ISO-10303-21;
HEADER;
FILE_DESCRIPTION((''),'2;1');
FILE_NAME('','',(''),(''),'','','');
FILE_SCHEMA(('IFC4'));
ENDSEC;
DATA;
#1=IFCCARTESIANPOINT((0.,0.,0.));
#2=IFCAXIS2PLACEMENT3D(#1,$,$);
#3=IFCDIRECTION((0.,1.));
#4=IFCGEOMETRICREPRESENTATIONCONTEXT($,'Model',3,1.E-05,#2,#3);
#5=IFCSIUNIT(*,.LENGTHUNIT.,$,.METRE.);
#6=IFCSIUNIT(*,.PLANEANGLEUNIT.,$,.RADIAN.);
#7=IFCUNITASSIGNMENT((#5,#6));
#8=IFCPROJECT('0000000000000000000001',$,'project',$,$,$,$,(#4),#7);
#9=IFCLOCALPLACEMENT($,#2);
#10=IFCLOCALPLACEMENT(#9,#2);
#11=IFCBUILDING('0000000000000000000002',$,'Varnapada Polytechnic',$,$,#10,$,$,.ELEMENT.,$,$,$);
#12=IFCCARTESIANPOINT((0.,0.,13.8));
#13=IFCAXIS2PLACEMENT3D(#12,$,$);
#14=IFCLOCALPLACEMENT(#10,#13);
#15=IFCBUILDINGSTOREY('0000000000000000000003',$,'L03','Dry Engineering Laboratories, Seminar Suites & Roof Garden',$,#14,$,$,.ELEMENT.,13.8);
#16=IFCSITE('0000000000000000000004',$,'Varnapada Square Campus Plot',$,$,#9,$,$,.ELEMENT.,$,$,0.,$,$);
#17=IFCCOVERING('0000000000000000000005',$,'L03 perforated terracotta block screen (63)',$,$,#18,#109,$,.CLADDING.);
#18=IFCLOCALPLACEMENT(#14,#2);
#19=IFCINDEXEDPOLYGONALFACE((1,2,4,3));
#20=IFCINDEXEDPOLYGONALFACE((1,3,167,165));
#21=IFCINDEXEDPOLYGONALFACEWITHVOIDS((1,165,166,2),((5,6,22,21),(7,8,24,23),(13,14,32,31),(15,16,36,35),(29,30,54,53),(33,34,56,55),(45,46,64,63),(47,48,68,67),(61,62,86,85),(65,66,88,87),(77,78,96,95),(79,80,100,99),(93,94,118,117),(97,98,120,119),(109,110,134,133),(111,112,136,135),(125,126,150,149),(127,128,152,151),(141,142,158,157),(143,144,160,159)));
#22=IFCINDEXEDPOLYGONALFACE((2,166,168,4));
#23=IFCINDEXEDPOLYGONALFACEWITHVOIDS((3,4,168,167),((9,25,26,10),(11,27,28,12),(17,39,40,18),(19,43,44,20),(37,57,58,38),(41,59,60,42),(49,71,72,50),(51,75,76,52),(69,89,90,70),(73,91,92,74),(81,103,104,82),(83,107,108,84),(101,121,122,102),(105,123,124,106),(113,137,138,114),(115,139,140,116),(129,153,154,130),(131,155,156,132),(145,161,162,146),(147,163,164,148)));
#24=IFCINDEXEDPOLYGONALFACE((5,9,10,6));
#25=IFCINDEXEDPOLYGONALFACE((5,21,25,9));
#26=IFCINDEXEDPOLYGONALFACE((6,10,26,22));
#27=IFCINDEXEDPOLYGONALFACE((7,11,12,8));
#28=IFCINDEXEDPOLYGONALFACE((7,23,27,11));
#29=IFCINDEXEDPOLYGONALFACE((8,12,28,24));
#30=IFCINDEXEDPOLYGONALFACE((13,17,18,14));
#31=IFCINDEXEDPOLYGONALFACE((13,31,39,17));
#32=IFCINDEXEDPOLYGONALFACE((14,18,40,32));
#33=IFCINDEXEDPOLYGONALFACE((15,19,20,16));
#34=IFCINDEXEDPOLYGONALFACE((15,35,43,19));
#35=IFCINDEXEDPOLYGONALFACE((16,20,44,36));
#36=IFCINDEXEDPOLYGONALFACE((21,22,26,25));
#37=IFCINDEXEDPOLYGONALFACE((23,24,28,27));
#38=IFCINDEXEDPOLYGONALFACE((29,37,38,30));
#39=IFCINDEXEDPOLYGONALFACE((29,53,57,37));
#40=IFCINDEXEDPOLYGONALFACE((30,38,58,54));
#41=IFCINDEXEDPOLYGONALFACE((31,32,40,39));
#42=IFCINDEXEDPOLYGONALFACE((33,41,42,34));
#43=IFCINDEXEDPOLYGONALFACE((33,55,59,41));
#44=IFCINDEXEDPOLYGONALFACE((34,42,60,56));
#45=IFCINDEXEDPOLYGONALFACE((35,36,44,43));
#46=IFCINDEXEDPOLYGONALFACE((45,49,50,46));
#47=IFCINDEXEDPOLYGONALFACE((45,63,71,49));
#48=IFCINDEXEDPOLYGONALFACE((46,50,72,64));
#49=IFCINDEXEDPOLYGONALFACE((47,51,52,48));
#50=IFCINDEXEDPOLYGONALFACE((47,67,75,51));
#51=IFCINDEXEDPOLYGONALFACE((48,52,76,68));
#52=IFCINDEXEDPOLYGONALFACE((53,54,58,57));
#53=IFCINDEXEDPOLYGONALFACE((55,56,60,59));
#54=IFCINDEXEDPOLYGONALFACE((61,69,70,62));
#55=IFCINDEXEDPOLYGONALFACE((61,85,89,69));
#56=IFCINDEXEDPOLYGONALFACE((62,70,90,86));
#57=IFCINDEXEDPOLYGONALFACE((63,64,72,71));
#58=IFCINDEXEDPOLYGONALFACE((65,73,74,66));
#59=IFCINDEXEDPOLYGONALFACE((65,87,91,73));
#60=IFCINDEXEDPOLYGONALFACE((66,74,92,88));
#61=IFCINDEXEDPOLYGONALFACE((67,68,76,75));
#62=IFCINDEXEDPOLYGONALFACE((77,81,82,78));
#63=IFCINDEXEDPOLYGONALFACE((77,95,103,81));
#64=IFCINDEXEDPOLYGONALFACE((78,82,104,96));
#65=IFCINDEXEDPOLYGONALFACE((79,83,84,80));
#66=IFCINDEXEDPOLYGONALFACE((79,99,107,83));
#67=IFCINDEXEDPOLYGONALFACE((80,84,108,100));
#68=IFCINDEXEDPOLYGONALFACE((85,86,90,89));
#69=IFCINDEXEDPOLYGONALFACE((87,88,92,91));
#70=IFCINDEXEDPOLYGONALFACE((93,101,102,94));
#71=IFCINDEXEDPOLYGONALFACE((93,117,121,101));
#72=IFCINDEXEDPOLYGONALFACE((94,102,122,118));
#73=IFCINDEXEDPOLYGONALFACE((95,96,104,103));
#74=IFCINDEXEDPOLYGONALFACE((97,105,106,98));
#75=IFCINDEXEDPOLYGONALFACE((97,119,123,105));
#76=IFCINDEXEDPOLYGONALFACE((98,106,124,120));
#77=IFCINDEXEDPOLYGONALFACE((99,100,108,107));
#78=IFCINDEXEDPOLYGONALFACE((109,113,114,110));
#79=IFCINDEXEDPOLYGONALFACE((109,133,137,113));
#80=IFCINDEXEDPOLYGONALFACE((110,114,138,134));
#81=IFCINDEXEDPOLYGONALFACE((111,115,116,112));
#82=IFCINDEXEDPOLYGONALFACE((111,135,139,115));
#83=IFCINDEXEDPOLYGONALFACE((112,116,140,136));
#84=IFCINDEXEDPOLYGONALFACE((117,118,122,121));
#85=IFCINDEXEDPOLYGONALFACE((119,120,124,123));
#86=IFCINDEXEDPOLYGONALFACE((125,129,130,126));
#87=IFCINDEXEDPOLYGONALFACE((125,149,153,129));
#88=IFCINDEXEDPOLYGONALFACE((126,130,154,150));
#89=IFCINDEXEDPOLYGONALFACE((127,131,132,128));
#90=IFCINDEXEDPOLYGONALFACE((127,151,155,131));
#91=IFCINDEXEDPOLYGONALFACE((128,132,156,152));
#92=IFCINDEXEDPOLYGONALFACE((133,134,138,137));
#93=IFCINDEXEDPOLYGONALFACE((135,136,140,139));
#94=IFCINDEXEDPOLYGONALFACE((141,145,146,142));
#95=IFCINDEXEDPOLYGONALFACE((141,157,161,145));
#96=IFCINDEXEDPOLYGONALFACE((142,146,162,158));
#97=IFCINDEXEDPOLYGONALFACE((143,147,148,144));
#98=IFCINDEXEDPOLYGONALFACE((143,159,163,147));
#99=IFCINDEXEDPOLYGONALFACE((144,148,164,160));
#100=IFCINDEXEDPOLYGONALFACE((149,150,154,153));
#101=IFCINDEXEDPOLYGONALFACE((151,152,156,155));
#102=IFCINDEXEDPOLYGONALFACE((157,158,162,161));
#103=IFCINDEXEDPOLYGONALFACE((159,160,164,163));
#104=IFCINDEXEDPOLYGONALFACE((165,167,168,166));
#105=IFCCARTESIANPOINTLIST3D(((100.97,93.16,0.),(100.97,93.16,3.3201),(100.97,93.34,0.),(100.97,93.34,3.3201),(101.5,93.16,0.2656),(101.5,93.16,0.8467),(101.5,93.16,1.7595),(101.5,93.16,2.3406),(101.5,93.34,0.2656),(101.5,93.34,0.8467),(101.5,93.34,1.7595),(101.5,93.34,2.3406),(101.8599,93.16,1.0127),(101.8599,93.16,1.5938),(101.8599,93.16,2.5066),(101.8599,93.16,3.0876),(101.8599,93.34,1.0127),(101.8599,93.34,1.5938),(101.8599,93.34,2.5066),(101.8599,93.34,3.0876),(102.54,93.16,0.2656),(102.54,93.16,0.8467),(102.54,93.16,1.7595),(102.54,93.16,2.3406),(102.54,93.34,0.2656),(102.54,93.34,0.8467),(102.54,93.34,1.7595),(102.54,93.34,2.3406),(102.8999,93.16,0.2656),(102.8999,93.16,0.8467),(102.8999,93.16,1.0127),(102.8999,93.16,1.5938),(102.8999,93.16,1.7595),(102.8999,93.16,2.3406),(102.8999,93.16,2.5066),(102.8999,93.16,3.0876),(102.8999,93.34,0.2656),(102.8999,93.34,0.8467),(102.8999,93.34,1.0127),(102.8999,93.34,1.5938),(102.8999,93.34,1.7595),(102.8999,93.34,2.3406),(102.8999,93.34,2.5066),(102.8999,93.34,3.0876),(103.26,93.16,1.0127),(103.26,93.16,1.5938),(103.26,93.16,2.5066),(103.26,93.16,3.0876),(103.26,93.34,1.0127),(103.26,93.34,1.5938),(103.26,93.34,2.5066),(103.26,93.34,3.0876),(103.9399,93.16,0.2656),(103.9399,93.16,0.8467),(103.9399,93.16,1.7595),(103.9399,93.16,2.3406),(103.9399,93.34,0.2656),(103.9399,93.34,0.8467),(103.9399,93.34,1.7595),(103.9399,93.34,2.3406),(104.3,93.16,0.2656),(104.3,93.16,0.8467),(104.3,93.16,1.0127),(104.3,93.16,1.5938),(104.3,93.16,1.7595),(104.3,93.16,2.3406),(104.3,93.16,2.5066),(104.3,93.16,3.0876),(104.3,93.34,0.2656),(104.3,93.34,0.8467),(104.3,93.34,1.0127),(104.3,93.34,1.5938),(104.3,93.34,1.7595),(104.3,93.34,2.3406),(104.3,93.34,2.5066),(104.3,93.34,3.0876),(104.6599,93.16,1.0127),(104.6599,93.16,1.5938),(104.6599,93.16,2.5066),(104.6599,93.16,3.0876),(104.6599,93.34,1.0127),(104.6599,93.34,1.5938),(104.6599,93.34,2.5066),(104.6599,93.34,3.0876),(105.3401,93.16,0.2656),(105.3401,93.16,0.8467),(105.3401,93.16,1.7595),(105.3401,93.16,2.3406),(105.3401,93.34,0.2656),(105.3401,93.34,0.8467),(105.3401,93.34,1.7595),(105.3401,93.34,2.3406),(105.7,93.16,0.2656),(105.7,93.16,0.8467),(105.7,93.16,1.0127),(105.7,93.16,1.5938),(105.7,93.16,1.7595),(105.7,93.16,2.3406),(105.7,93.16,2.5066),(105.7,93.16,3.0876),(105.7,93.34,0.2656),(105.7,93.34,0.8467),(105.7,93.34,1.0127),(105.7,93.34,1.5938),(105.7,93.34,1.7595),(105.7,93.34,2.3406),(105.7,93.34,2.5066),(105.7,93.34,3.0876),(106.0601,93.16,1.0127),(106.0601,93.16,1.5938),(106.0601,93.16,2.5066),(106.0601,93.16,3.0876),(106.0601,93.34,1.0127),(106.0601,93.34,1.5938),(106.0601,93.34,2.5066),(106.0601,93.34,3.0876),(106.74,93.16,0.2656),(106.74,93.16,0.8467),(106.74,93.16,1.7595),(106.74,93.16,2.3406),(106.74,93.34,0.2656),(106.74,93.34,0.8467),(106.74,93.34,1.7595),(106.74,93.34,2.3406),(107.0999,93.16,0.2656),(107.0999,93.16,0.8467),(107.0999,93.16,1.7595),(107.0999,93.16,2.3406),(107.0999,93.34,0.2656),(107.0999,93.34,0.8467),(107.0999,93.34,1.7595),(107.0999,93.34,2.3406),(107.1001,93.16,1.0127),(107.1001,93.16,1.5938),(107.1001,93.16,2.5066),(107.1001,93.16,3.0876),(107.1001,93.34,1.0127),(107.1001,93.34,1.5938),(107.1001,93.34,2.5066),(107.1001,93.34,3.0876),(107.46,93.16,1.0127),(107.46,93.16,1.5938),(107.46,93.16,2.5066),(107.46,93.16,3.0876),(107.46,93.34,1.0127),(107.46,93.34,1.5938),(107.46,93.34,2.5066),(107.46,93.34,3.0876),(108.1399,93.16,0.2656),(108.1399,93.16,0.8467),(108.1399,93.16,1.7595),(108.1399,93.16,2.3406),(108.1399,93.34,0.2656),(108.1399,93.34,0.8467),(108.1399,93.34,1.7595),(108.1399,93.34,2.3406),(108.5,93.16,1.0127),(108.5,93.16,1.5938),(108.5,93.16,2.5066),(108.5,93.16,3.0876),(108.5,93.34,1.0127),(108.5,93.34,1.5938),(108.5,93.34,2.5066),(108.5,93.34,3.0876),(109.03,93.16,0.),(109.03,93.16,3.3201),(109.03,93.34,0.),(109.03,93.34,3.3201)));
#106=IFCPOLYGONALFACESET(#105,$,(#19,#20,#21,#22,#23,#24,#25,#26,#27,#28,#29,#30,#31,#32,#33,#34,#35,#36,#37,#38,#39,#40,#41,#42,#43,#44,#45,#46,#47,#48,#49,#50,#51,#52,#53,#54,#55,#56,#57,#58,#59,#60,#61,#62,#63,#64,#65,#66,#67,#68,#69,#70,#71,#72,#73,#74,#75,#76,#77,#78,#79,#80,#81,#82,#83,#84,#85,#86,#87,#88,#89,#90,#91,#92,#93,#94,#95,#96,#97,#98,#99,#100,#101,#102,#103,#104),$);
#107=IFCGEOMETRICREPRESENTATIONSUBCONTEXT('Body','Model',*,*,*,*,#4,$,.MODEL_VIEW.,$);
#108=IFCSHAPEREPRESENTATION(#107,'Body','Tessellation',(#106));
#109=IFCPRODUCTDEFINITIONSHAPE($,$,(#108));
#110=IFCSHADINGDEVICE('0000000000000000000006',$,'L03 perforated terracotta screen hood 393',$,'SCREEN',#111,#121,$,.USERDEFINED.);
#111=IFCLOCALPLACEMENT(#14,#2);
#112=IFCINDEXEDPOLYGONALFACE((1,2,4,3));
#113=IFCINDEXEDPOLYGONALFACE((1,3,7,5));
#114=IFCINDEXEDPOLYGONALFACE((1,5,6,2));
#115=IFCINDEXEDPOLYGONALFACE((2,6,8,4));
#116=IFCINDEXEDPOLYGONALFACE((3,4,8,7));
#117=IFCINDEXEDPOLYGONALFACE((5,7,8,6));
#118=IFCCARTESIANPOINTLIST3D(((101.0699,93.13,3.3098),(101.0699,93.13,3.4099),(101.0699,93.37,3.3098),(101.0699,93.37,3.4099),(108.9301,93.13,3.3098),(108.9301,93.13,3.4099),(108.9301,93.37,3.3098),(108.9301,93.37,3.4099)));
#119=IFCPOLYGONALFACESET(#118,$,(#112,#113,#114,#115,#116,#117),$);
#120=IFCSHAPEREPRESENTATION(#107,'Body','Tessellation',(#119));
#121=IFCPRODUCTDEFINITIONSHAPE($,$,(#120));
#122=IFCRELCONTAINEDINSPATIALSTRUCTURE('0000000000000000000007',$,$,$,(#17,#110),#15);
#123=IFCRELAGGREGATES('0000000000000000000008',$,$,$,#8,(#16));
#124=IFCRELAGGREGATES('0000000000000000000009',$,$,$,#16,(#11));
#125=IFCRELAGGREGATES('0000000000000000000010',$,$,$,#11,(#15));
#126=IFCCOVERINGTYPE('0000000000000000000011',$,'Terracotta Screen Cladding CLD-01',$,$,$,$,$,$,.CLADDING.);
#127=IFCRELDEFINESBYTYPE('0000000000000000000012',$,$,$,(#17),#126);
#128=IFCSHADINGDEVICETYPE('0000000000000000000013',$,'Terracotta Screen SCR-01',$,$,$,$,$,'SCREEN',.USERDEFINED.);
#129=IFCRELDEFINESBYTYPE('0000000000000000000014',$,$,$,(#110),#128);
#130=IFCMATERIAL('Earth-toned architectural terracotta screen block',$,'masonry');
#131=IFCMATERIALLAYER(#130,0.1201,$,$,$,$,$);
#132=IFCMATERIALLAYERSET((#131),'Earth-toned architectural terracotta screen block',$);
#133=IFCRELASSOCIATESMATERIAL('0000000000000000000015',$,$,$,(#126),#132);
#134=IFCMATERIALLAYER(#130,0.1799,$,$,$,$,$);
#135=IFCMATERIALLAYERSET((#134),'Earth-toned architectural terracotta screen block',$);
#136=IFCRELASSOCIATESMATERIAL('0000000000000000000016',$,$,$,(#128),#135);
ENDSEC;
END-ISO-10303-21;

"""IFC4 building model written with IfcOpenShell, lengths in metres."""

from ifc_helpers import new_model, si_unit, direction, frame, frame_2d, origin, origin_2d, place, context, subcontext, project, spatial, rectangle, extrude, material, layer, layer_set, type_object, element, save


model = new_model("IFC4")

# Units and contexts
model_context = context("Model", 3, precision=1e-05, world=origin(), true_north=direction((0.0, 1.0)))
body_context = subcontext(model_context, "Body", "Model", "MODEL_VIEW")
ifc_project = project(units=[si_unit("LENGTHUNIT", "METRE"), si_unit("PLANEANGLEUNIT", "RADIAN")], contexts=[model_context])

# Site, building, storey
site_placement = place(None, origin())
site = spatial("IfcSite", under=ifc_project, at=site_placement, Name="Varnapada Square Campus Plot", CompositionType="ELEMENT", RefElevation=0.0)
building_placement = place(site_placement, origin())
building = spatial("IfcBuilding", under=site, at=building_placement, Name="Varnapada Polytechnic", CompositionType="ELEMENT")
storey_placement = place(building_placement, frame((0.0, 0.0, 13.8)))
storey = spatial("IfcBuildingStorey", under=building, at=storey_placement, Name="L03", Description="Dry Engineering Laboratories, Seminar Suites & Roof Garden", CompositionType="ELEMENT", Elevation=13.8)

# Covering, openings
ifc_material_1 = material(Name="Earth-toned architectural terracotta screen block", Category="masonry")
ifc_layer_1 = layer(ifc_material_1, 0.1201)
ifc_layer_set_1 = layer_set([ifc_layer_1], Name="Earth-toned architectural terracotta screen block")
covering_type = type_object("IfcCoveringType", Name="Terracotta Screen Cladding CLD-01", PredefinedType="CLADDING", material=ifc_layer_set_1)
covering_placement = place(storey_placement, frame((100.97, 93.25, 0.0), z_axis=(0.0, 0.0, 1.0), x_axis=(1.0, 0.0, 0.0)))
covering = element("IfcCovering", 1, at=covering_placement, inside=storey, type_object=covering_type, Name="L03 perforated terracotta block screen (63)", PredefinedType="CLADDING", context=body_context, shape_type="SweptSolid", body=[
    extrude(rectangle(XDim=8.0601, YDim=0.1799, at=frame_2d((4.03, 0.0))), origin(), (0.0, 0.0, 1.0), 3.3201),
])
opening_1_placement = place(covering_placement, frame((0.53, 0.0, 0.2656)))
element("IfcOpeningElement", 2, at=opening_1_placement, cuts=covering, PredefinedType="OPENING", context=body_context, shape_type="SweptSolid", body=[
    extrude(rectangle(XDim=1.04, YDim=0.5811, at=frame_2d((0.52, 0.2905))), frame((0.0, 0.0999, 0.0), z_axis=(0.0, -1.0, 0.0), x_axis=(1.0, 0.0, 0.0)), (0.0, 0.0, 1.0), 0.2),
])
opening_2_placement = place(covering_placement, frame((1.9299, 0.0, 0.2656)))
element("IfcOpeningElement", 3, at=opening_2_placement, cuts=covering, PredefinedType="OPENING", context=body_context, shape_type="SweptSolid", body=[
    extrude(rectangle(XDim=1.04, YDim=0.5811, at=frame_2d((0.52, 0.2905))), frame((0.0, 0.0999, 0.0), z_axis=(0.0, -1.0, 0.0), x_axis=(1.0, 0.0, 0.0)), (0.0, 0.0, 1.0), 0.2),
])
opening_3_placement = place(covering_placement, frame((3.3301, 0.0, 0.2656)))
element("IfcOpeningElement", 4, at=opening_3_placement, cuts=covering, PredefinedType="OPENING", context=body_context, shape_type="SweptSolid", body=[
    extrude(rectangle(XDim=1.04, YDim=0.5811, at=frame_2d((0.52, 0.2905))), frame((0.0, 0.0999, 0.0), z_axis=(0.0, -1.0, 0.0), x_axis=(1.0, 0.0, 0.0)), (0.0, 0.0, 1.0), 0.2),
])
opening_4_placement = place(covering_placement, frame((4.73, 0.0, 0.2656)))
element("IfcOpeningElement", 5, at=opening_4_placement, cuts=covering, PredefinedType="OPENING", context=body_context, shape_type="SweptSolid", body=[
    extrude(rectangle(XDim=1.04, YDim=0.5811, at=frame_2d((0.52, 0.2905))), frame((0.0, 0.0999, 0.0), z_axis=(0.0, -1.0, 0.0), x_axis=(1.0, 0.0, 0.0)), (0.0, 0.0, 1.0), 0.2),
])
opening_5_placement = place(covering_placement, frame((6.1299, 0.0, 0.2656)))
element("IfcOpeningElement", 6, at=opening_5_placement, cuts=covering, PredefinedType="OPENING", context=body_context, shape_type="SweptSolid", body=[
    extrude(rectangle(XDim=1.04, YDim=0.5811, at=frame_2d((0.52, 0.2905))), frame((0.0, 0.0999, 0.0), z_axis=(0.0, -1.0, 0.0), x_axis=(1.0, 0.0, 0.0)), (0.0, 0.0, 1.0), 0.2),
])
opening_6_placement = place(covering_placement, frame((0.8899, 0.0, 1.0127)))
element("IfcOpeningElement", 7, at=opening_6_placement, cuts=covering, PredefinedType="OPENING", context=body_context, shape_type="SweptSolid", body=[
    extrude(rectangle(XDim=1.04, YDim=0.5811, at=frame_2d((0.52, 0.2905))), frame((0.0, 0.0999, 0.0), z_axis=(0.0, -1.0, 0.0), x_axis=(1.0, 0.0, 0.0)), (0.0, 0.0, 1.0), 0.2),
])
opening_7_placement = place(covering_placement, frame((2.29, 0.0, 1.0127)))
element("IfcOpeningElement", 8, at=opening_7_placement, cuts=covering, PredefinedType="OPENING", context=body_context, shape_type="SweptSolid", body=[
    extrude(rectangle(XDim=1.04, YDim=0.5811, at=frame_2d((0.52, 0.2905))), frame((0.0, 0.0999, 0.0), z_axis=(0.0, -1.0, 0.0), x_axis=(1.0, 0.0, 0.0)), (0.0, 0.0, 1.0), 0.2),
])
opening_8_placement = place(covering_placement, frame((3.6899, 0.0, 1.0127)))
element("IfcOpeningElement", 9, at=opening_8_placement, cuts=covering, PredefinedType="OPENING", context=body_context, shape_type="SweptSolid", body=[
    extrude(rectangle(XDim=1.04, YDim=0.5811, at=frame_2d((0.52, 0.2905))), frame((0.0, 0.0999, 0.0), z_axis=(0.0, -1.0, 0.0), x_axis=(1.0, 0.0, 0.0)), (0.0, 0.0, 1.0), 0.2),
])
opening_9_placement = place(covering_placement, frame((5.0901, 0.0, 1.0127)))
element("IfcOpeningElement", 10, at=opening_9_placement, cuts=covering, PredefinedType="OPENING", context=body_context, shape_type="SweptSolid", body=[
    extrude(rectangle(XDim=1.04, YDim=0.5811, at=frame_2d((0.52, 0.2905))), frame((0.0, 0.0999, 0.0), z_axis=(0.0, -1.0, 0.0), x_axis=(1.0, 0.0, 0.0)), (0.0, 0.0, 1.0), 0.2),
])
opening_10_placement = place(covering_placement, frame((6.49, 0.0, 1.0127)))
element("IfcOpeningElement", 11, at=opening_10_placement, cuts=covering, PredefinedType="OPENING", context=body_context, shape_type="SweptSolid", body=[
    extrude(rectangle(XDim=1.04, YDim=0.5811, at=frame_2d((0.52, 0.2905))), frame((0.0, 0.0999, 0.0), z_axis=(0.0, -1.0, 0.0), x_axis=(1.0, 0.0, 0.0)), (0.0, 0.0, 1.0), 0.2),
])
opening_11_placement = place(covering_placement, frame((0.53, 0.0, 1.7595)))
element("IfcOpeningElement", 12, at=opening_11_placement, cuts=covering, PredefinedType="OPENING", context=body_context, shape_type="SweptSolid", body=[
    extrude(rectangle(XDim=1.04, YDim=0.5811, at=frame_2d((0.52, 0.2905))), frame((0.0, 0.0999, 0.0), z_axis=(0.0, -1.0, 0.0), x_axis=(1.0, 0.0, 0.0)), (0.0, 0.0, 1.0), 0.2),
])
opening_12_placement = place(covering_placement, frame((1.9299, 0.0, 1.7595)))
element("IfcOpeningElement", 13, at=opening_12_placement, cuts=covering, PredefinedType="OPENING", context=body_context, shape_type="SweptSolid", body=[
    extrude(rectangle(XDim=1.04, YDim=0.5811, at=frame_2d((0.52, 0.2905))), frame((0.0, 0.0999, 0.0), z_axis=(0.0, -1.0, 0.0), x_axis=(1.0, 0.0, 0.0)), (0.0, 0.0, 1.0), 0.2),
])
opening_13_placement = place(covering_placement, frame((3.3301, 0.0, 1.7595)))
element("IfcOpeningElement", 14, at=opening_13_placement, cuts=covering, PredefinedType="OPENING", context=body_context, shape_type="SweptSolid", body=[
    extrude(rectangle(XDim=1.04, YDim=0.5811, at=frame_2d((0.52, 0.2905))), frame((0.0, 0.0999, 0.0), z_axis=(0.0, -1.0, 0.0), x_axis=(1.0, 0.0, 0.0)), (0.0, 0.0, 1.0), 0.2),
])
opening_14_placement = place(covering_placement, frame((4.73, 0.0, 1.7595)))
element("IfcOpeningElement", 15, at=opening_14_placement, cuts=covering, PredefinedType="OPENING", context=body_context, shape_type="SweptSolid", body=[
    extrude(rectangle(XDim=1.04, YDim=0.5811, at=frame_2d((0.52, 0.2905))), frame((0.0, 0.0999, 0.0), z_axis=(0.0, -1.0, 0.0), x_axis=(1.0, 0.0, 0.0)), (0.0, 0.0, 1.0), 0.2),
])
opening_15_placement = place(covering_placement, frame((6.1299, 0.0, 1.7595)))
element("IfcOpeningElement", 16, at=opening_15_placement, cuts=covering, PredefinedType="OPENING", context=body_context, shape_type="SweptSolid", body=[
    extrude(rectangle(XDim=1.04, YDim=0.5811, at=frame_2d((0.52, 0.2905))), frame((0.0, 0.0999, 0.0), z_axis=(0.0, -1.0, 0.0), x_axis=(1.0, 0.0, 0.0)), (0.0, 0.0, 1.0), 0.2),
])
opening_16_placement = place(covering_placement, frame((0.8899, 0.0, 2.5066)))
element("IfcOpeningElement", 17, at=opening_16_placement, cuts=covering, PredefinedType="OPENING", context=body_context, shape_type="SweptSolid", body=[
    extrude(rectangle(XDim=1.04, YDim=0.5811, at=frame_2d((0.52, 0.2905))), frame((0.0, 0.0999, 0.0), z_axis=(0.0, -1.0, 0.0), x_axis=(1.0, 0.0, 0.0)), (0.0, 0.0, 1.0), 0.2),
])
opening_17_placement = place(covering_placement, frame((2.29, 0.0, 2.5066)))
element("IfcOpeningElement", 18, at=opening_17_placement, cuts=covering, PredefinedType="OPENING", context=body_context, shape_type="SweptSolid", body=[
    extrude(rectangle(XDim=1.04, YDim=0.5811, at=frame_2d((0.52, 0.2905))), frame((0.0, 0.0999, 0.0), z_axis=(0.0, -1.0, 0.0), x_axis=(1.0, 0.0, 0.0)), (0.0, 0.0, 1.0), 0.2),
])
opening_18_placement = place(covering_placement, frame((3.6899, 0.0, 2.5066)))
element("IfcOpeningElement", 19, at=opening_18_placement, cuts=covering, PredefinedType="OPENING", context=body_context, shape_type="SweptSolid", body=[
    extrude(rectangle(XDim=1.04, YDim=0.5811, at=frame_2d((0.52, 0.2905))), frame((0.0, 0.0999, 0.0), z_axis=(0.0, -1.0, 0.0), x_axis=(1.0, 0.0, 0.0)), (0.0, 0.0, 1.0), 0.2),
])
opening_19_placement = place(covering_placement, frame((5.0901, 0.0, 2.5066)))
element("IfcOpeningElement", 20, at=opening_19_placement, cuts=covering, PredefinedType="OPENING", context=body_context, shape_type="SweptSolid", body=[
    extrude(rectangle(XDim=1.04, YDim=0.5811, at=frame_2d((0.52, 0.2905))), frame((0.0, 0.0999, 0.0), z_axis=(0.0, -1.0, 0.0), x_axis=(1.0, 0.0, 0.0)), (0.0, 0.0, 1.0), 0.2),
])
opening_20_placement = place(covering_placement, frame((6.49, 0.0, 2.5066)))
element("IfcOpeningElement", 21, at=opening_20_placement, cuts=covering, PredefinedType="OPENING", context=body_context, shape_type="SweptSolid", body=[
    extrude(rectangle(XDim=1.04, YDim=0.5811, at=frame_2d((0.52, 0.2905))), frame((0.0, 0.0999, 0.0), z_axis=(0.0, -1.0, 0.0), x_axis=(1.0, 0.0, 0.0)), (0.0, 0.0, 1.0), 0.2),
])

# Shading device
ifc_layer_2 = layer(ifc_material_1, 0.1799)
ifc_layer_set_2 = layer_set([ifc_layer_2], Name="Earth-toned architectural terracotta screen block")
shading_device_type = type_object("IfcShadingDeviceType", Name="Terracotta Screen SCR-01", ElementType="SCREEN", PredefinedType="USERDEFINED", material=ifc_layer_set_2)
shading_device_placement = place(storey_placement, frame((105.0, 93.25, 3.3098), z_axis=(0.0, 0.0, 1.0), x_axis=(1.0, 0.0, 0.0)))
element("IfcShadingDevice", 22, at=shading_device_placement, inside=storey, type_object=shading_device_type, Name="L03 perforated terracotta screen hood 393", ObjectType="SCREEN", PredefinedType="USERDEFINED", context=body_context, shape_type="SweptSolid", body=[
    extrude(rectangle(XDim=7.8601, YDim=0.24, at=origin_2d()), origin(), (0.0, 0.0, 1.0), 0.1001),
])

save(model, "model.ifc")
